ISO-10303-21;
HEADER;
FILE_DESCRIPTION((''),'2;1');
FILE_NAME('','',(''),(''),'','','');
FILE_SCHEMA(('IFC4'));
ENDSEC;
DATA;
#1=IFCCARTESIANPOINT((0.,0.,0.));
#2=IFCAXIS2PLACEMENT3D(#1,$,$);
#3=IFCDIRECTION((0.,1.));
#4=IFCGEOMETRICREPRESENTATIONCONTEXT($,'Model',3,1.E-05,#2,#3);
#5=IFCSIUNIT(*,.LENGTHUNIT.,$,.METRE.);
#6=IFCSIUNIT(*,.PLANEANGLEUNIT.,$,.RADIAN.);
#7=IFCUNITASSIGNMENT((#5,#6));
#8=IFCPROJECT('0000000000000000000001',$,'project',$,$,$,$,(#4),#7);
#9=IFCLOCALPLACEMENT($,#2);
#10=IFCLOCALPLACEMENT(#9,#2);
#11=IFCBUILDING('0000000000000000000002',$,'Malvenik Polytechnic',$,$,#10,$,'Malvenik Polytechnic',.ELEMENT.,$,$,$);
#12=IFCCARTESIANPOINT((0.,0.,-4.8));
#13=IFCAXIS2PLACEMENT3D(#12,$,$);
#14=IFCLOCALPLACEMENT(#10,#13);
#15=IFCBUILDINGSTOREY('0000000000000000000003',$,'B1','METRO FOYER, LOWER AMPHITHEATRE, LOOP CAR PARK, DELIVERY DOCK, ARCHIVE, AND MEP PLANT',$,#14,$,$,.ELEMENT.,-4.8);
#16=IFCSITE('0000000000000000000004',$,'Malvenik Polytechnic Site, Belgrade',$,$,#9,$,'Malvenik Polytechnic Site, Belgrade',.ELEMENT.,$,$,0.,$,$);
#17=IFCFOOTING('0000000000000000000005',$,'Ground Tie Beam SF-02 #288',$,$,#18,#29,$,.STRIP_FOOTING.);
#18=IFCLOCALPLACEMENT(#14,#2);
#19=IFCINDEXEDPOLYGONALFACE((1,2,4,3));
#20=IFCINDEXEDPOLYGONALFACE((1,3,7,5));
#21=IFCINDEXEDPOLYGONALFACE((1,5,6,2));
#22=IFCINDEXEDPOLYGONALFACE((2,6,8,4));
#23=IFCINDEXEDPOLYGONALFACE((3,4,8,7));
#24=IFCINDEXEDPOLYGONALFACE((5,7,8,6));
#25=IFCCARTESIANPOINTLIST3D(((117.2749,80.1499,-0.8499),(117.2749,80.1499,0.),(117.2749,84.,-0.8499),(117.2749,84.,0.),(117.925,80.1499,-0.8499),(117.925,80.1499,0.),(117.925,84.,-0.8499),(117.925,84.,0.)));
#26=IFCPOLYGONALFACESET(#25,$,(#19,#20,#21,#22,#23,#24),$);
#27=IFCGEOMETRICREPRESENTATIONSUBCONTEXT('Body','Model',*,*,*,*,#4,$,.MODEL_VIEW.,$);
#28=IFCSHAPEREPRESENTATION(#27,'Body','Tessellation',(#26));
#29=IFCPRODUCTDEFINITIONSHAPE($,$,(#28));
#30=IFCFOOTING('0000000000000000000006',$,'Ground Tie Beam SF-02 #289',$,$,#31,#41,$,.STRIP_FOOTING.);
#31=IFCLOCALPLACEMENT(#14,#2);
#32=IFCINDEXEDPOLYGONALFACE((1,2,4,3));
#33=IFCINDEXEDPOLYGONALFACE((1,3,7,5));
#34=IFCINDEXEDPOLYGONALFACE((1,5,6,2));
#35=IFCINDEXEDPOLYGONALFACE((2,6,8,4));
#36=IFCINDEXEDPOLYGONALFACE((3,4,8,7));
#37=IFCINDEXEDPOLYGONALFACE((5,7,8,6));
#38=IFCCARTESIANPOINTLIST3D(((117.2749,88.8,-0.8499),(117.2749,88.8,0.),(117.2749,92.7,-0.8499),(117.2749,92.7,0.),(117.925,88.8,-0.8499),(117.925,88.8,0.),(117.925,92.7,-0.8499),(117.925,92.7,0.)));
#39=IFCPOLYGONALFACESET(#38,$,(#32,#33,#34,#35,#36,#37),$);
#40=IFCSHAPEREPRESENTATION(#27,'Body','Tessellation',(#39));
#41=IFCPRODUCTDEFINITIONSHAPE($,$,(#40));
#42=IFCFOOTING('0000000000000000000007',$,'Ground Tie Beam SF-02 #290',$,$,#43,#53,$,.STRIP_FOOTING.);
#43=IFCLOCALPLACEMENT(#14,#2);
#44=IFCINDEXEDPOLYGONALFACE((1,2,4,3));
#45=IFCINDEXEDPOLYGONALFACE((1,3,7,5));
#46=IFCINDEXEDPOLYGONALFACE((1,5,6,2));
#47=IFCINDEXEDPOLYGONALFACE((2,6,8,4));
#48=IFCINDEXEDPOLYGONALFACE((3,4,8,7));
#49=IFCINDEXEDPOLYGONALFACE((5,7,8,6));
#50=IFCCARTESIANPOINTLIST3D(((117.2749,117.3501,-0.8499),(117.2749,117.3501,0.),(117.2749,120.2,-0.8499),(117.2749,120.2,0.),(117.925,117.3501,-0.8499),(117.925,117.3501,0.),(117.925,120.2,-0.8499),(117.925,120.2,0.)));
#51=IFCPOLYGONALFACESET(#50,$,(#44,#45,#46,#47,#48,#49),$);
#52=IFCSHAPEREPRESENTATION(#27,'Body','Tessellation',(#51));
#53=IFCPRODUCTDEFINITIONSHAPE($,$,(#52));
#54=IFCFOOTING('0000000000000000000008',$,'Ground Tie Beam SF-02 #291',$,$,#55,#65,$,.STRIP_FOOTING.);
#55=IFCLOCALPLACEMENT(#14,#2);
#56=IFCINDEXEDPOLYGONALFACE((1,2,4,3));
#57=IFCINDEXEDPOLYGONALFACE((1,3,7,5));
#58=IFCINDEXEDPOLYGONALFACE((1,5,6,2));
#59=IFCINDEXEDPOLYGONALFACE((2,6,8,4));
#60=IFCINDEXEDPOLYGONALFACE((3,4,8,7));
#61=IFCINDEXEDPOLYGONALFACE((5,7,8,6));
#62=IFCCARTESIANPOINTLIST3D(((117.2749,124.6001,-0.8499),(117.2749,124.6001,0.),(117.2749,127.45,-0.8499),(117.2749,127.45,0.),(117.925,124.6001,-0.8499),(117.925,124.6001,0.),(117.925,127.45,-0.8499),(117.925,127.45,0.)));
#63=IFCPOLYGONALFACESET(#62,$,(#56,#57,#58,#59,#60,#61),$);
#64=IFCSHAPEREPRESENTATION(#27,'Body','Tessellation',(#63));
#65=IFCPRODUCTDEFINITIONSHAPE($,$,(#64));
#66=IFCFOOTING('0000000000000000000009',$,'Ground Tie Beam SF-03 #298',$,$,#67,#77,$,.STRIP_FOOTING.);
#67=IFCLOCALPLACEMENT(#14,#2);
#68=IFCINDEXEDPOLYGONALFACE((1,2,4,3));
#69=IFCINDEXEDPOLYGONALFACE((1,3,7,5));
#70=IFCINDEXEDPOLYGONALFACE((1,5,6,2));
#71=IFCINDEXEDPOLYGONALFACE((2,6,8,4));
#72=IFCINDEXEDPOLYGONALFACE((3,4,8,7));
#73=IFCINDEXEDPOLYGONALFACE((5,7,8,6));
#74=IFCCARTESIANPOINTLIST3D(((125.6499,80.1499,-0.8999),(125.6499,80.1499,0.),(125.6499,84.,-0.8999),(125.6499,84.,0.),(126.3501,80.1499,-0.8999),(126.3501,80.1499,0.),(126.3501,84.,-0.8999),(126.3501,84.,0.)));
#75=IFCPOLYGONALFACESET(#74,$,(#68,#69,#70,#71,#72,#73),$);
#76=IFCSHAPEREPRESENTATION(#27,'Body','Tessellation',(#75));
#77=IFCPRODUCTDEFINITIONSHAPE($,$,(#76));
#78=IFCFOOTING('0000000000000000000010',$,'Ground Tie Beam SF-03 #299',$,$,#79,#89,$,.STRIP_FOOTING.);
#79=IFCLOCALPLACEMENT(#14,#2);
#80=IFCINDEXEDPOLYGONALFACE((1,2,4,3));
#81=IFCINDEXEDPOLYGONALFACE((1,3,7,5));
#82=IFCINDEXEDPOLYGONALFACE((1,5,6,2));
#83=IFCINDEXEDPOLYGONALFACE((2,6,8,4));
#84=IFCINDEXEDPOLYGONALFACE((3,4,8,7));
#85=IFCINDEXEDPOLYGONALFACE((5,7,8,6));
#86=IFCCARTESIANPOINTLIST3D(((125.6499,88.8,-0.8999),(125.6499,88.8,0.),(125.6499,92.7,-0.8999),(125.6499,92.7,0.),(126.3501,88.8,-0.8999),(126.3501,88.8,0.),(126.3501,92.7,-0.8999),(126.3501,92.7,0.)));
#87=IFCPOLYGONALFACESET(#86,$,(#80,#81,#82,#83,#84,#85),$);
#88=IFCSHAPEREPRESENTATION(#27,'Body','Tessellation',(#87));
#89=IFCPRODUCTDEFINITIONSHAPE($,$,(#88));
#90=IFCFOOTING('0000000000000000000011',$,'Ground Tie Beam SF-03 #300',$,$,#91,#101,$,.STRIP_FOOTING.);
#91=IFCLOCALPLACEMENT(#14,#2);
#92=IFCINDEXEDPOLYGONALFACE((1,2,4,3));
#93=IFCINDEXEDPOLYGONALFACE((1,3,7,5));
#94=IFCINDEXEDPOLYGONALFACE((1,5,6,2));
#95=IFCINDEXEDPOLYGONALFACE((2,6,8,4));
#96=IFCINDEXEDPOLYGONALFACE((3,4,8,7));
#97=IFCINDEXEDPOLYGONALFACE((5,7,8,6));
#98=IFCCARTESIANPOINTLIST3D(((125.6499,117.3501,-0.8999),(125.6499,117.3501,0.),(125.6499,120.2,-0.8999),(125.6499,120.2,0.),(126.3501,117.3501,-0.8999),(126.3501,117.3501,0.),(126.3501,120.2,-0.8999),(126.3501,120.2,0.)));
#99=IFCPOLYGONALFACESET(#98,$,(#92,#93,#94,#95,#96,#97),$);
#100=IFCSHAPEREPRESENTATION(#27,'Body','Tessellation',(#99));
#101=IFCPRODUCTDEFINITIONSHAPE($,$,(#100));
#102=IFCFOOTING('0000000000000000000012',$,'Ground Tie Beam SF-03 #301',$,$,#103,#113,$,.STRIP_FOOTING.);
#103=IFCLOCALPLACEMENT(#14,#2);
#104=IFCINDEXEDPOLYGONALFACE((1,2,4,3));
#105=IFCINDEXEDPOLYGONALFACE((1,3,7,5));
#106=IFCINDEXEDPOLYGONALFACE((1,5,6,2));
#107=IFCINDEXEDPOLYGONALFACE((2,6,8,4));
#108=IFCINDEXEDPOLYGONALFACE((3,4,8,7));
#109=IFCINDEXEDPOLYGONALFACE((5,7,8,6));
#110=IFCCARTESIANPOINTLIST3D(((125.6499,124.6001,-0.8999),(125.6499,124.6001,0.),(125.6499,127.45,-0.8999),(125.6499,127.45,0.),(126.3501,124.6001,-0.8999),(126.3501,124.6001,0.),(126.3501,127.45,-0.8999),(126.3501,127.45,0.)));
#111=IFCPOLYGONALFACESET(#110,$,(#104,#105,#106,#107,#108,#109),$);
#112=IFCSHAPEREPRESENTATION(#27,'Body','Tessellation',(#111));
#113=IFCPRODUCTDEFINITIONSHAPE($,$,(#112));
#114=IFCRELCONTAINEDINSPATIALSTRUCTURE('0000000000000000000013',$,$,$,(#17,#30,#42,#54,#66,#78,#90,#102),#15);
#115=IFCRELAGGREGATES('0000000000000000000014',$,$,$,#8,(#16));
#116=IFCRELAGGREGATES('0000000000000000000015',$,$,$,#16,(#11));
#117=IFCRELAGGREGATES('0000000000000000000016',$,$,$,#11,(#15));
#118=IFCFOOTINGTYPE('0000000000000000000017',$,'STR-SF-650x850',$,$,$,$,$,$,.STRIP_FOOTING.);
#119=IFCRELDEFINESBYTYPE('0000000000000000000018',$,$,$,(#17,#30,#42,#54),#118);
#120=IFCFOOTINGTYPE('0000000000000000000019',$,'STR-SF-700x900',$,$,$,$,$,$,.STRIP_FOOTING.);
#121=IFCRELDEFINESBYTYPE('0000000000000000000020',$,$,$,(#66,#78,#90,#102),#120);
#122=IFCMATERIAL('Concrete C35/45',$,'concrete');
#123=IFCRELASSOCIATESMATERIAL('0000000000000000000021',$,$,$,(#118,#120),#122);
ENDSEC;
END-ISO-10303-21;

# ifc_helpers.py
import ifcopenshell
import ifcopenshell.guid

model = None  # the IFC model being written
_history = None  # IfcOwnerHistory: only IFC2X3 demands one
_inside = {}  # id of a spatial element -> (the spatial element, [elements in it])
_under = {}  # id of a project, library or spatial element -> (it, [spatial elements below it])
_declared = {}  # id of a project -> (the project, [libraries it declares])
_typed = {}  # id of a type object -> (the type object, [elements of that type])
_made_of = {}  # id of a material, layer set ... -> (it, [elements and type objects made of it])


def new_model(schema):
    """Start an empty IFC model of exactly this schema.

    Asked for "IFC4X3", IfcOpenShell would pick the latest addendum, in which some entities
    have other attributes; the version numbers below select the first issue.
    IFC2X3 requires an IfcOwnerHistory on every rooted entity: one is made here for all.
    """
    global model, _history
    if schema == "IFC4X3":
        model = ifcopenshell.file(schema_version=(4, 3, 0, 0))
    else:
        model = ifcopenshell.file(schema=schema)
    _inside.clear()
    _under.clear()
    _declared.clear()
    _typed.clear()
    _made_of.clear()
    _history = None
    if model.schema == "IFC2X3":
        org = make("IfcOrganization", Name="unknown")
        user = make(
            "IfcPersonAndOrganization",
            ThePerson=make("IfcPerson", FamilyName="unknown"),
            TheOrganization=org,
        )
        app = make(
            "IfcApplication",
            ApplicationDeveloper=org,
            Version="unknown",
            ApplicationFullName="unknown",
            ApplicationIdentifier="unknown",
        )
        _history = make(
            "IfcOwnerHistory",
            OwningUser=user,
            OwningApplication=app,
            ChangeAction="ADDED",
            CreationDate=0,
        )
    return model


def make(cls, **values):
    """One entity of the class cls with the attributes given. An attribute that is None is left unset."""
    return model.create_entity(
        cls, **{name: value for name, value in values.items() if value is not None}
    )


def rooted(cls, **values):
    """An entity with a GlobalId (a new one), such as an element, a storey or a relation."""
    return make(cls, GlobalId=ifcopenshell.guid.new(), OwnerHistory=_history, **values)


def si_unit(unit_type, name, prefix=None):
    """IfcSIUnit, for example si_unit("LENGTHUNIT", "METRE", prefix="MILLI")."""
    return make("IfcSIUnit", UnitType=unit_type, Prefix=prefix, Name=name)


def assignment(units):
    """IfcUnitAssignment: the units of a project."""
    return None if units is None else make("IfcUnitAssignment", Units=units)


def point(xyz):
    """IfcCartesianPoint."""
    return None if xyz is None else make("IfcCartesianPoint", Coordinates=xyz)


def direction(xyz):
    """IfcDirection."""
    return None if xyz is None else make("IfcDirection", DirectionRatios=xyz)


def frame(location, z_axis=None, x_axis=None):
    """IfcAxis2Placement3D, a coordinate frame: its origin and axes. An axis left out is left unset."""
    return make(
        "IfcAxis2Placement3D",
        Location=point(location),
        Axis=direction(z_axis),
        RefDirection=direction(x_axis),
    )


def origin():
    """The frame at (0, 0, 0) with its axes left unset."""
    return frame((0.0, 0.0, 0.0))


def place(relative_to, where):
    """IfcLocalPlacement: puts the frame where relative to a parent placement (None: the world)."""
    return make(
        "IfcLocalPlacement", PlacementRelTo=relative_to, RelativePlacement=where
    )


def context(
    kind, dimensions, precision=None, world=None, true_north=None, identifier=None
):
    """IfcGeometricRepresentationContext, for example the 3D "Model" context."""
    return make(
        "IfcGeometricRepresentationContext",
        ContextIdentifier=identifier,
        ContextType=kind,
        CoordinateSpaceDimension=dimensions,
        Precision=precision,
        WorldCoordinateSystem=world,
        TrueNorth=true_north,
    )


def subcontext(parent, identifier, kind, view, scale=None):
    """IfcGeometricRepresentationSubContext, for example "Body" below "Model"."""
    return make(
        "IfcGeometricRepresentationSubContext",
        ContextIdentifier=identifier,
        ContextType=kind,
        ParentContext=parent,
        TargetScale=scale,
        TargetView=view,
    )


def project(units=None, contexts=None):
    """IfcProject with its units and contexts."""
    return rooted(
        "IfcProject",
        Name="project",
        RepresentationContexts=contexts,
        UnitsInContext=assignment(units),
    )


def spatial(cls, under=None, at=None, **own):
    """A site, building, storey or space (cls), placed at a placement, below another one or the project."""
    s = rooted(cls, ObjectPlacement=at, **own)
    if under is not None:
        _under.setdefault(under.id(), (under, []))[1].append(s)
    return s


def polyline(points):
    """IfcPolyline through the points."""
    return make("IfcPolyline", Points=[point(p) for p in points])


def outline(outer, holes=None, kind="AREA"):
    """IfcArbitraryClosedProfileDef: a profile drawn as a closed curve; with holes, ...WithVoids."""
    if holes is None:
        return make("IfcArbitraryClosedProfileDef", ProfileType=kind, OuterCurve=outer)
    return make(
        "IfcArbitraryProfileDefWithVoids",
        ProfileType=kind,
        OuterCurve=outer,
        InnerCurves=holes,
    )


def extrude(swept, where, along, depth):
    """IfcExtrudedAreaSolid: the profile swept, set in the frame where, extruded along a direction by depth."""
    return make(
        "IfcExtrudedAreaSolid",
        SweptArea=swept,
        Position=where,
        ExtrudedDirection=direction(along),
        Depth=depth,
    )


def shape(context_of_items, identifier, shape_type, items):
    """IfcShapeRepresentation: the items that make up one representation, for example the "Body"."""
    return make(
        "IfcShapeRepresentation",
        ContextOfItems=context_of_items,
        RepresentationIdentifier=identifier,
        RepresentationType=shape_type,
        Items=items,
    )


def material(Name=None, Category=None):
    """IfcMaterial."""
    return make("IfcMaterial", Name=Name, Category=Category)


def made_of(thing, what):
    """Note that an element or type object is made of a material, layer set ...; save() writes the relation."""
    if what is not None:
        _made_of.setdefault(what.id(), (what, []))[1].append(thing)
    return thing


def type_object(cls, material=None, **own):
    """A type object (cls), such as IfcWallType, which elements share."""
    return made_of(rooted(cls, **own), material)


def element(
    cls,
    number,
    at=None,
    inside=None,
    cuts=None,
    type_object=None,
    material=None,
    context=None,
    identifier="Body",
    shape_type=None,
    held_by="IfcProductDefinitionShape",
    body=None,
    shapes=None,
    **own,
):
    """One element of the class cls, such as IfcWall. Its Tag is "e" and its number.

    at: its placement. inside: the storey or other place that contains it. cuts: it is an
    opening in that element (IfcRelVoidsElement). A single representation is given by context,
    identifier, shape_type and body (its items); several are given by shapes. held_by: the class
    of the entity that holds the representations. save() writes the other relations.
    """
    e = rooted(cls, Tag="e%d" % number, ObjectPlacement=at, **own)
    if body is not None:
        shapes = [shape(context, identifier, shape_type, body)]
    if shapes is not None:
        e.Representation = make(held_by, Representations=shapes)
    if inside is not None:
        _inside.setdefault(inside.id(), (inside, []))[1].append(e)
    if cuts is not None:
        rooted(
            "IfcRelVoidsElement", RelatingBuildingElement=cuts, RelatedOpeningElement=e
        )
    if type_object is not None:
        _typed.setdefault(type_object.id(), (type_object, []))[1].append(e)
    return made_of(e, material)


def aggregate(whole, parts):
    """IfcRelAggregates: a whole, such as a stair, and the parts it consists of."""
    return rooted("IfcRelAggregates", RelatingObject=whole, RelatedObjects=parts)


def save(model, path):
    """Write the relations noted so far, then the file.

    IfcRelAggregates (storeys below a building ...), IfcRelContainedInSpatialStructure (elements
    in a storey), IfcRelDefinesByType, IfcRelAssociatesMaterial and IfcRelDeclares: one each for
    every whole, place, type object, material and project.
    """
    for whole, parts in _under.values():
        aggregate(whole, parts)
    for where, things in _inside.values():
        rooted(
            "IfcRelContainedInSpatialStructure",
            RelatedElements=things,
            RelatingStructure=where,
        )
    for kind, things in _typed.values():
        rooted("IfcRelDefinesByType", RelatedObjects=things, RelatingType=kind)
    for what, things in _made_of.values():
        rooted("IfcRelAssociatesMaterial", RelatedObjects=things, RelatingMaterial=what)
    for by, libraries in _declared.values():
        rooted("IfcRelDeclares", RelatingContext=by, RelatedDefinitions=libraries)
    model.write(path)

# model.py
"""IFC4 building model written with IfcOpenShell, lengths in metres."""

from ifc_helpers import new_model, si_unit, direction, frame, origin, place, context, subcontext, project, spatial, polyline, outline, extrude, material, type_object, element, save


model = new_model("IFC4")

# Units and contexts
model_context = context("Model", 3, precision=1e-05, world=origin(), true_north=direction((0.0, 1.0)))
body_context = subcontext(model_context, "Body", "Model", "MODEL_VIEW")
ifc_project = project(units=[si_unit("LENGTHUNIT", "METRE"), si_unit("PLANEANGLEUNIT", "RADIAN")], contexts=[model_context])

# Site, building, storey
site_placement = place(None, origin())
site = spatial("IfcSite", under=ifc_project, at=site_placement, Name="Malvenik Polytechnic Site, Belgrade", LongName="Malvenik Polytechnic Site, Belgrade", CompositionType="ELEMENT", RefElevation=0.0)
building_placement = place(site_placement, origin())
building = spatial("IfcBuilding", under=site, at=building_placement, Name="Malvenik Polytechnic", LongName="Malvenik Polytechnic", CompositionType="ELEMENT")
storey_placement = place(building_placement, frame((0.0, 0.0, -4.8)))
storey = spatial("IfcBuildingStorey", under=building, at=storey_placement, Name="B1", Description="METRO FOYER, LOWER AMPHITHEATRE, LOOP CAR PARK, DELIVERY DOCK, ARCHIVE, AND MEP PLANT", CompositionType="ELEMENT", Elevation=-4.8)

# Footings
ifc_material = material(Name="Concrete C35/45", Category="concrete")
footing_type_1 = type_object("IfcFootingType", Name="STR-SF-650x850", PredefinedType="STRIP_FOOTING", material=ifc_material)
footing_1_placement = place(storey_placement, frame((0.0, 0.0, -0.8499)))
element("IfcFooting", 1, at=footing_1_placement, inside=storey, type_object=footing_type_1, Name="Ground Tie Beam SF-02 #288", PredefinedType="STRIP_FOOTING", context=body_context, shape_type="SweptSolid", body=[
    extrude(outline(polyline([(117.2749, 80.1499), (117.925, 80.1499), (117.925, 84.0), (117.2749, 84.0), (117.2749, 80.1499)])), origin(), (0.0, 0.0, 1.0), 0.8499),
])
footing_2_placement = place(storey_placement, frame((0.0, 0.0, -0.8499)))
element("IfcFooting", 2, at=footing_2_placement, inside=storey, type_object=footing_type_1, Name="Ground Tie Beam SF-02 #289", PredefinedType="STRIP_FOOTING", context=body_context, shape_type="SweptSolid", body=[
    extrude(outline(polyline([(117.2749, 88.8), (117.925, 88.8), (117.925, 92.7), (117.2749, 92.7), (117.2749, 88.8)])), origin(), (0.0, 0.0, 1.0), 0.8499),
])
footing_3_placement = place(storey_placement, frame((0.0, 0.0, -0.8499)))
element("IfcFooting", 3, at=footing_3_placement, inside=storey, type_object=footing_type_1, Name="Ground Tie Beam SF-02 #290", PredefinedType="STRIP_FOOTING", context=body_context, shape_type="SweptSolid", body=[
    extrude(outline(polyline([(117.2749, 117.3501), (117.925, 117.3501), (117.925, 120.2), (117.2749, 120.2), (117.2749, 117.3501)])), origin(), (0.0, 0.0, 1.0), 0.8499),
])
footing_4_placement = place(storey_placement, frame((0.0, 0.0, -0.8499)))
element("IfcFooting", 4, at=footing_4_placement, inside=storey, type_object=footing_type_1, Name="Ground Tie Beam SF-02 #291", PredefinedType="STRIP_FOOTING", context=body_context, shape_type="SweptSolid", body=[
    extrude(outline(polyline([(117.2749, 124.6001), (117.925, 124.6001), (117.925, 127.45), (117.2749, 127.45), (117.2749, 124.6001)])), origin(), (0.0, 0.0, 1.0), 0.8499),
])
footing_type_2 = type_object("IfcFootingType", Name="STR-SF-700x900", PredefinedType="STRIP_FOOTING", material=ifc_material)
footing_5_placement = place(storey_placement, frame((0.0, 0.0, -0.8999)))
element("IfcFooting", 5, at=footing_5_placement, inside=storey, type_object=footing_type_2, Name="Ground Tie Beam SF-03 #298", PredefinedType="STRIP_FOOTING", context=body_context, shape_type="SweptSolid", body=[
    extrude(outline(polyline([(125.6499, 80.1499), (126.3501, 80.1499), (126.3501, 84.0), (125.6499, 84.0), (125.6499, 80.1499)])), origin(), (0.0, 0.0, 1.0), 0.8999),
])
footing_6_placement = place(storey_placement, frame((0.0, 0.0, -0.8999)))
element("IfcFooting", 6, at=footing_6_placement, inside=storey, type_object=footing_type_2, Name="Ground Tie Beam SF-03 #299", PredefinedType="STRIP_FOOTING", context=body_context, shape_type="SweptSolid", body=[
    extrude(outline(polyline([(125.6499, 88.8), (126.3501, 88.8), (126.3501, 92.7), (125.6499, 92.7), (125.6499, 88.8)])), origin(), (0.0, 0.0, 1.0), 0.8999),
])
footing_7_placement = place(storey_placement, frame((0.0, 0.0, -0.8999)))
element("IfcFooting", 7, at=footing_7_placement, inside=storey, type_object=footing_type_2, Name="Ground Tie Beam SF-03 #300", PredefinedType="STRIP_FOOTING", context=body_context, shape_type="SweptSolid", body=[
    extrude(outline(polyline([(125.6499, 117.3501), (126.3501, 117.3501), (126.3501, 120.2), (125.6499, 120.2), (125.6499, 117.3501)])), origin(), (0.0, 0.0, 1.0), 0.8999),
])
footing_8_placement = place(storey_placement, frame((0.0, 0.0, -0.8999)))
element("IfcFooting", 8, at=footing_8_placement, inside=storey, type_object=footing_type_2, Name="Ground Tie Beam SF-03 #301", PredefinedType="STRIP_FOOTING", context=body_context, shape_type="SweptSolid", body=[
    extrude(outline(polyline([(125.6499, 124.6001), (126.3501, 124.6001), (126.3501, 127.45), (125.6499, 127.45), (125.6499, 124.6001)])), origin(), (0.0, 0.0, 1.0), 0.8999),
])

save(model, "model.ifc")
